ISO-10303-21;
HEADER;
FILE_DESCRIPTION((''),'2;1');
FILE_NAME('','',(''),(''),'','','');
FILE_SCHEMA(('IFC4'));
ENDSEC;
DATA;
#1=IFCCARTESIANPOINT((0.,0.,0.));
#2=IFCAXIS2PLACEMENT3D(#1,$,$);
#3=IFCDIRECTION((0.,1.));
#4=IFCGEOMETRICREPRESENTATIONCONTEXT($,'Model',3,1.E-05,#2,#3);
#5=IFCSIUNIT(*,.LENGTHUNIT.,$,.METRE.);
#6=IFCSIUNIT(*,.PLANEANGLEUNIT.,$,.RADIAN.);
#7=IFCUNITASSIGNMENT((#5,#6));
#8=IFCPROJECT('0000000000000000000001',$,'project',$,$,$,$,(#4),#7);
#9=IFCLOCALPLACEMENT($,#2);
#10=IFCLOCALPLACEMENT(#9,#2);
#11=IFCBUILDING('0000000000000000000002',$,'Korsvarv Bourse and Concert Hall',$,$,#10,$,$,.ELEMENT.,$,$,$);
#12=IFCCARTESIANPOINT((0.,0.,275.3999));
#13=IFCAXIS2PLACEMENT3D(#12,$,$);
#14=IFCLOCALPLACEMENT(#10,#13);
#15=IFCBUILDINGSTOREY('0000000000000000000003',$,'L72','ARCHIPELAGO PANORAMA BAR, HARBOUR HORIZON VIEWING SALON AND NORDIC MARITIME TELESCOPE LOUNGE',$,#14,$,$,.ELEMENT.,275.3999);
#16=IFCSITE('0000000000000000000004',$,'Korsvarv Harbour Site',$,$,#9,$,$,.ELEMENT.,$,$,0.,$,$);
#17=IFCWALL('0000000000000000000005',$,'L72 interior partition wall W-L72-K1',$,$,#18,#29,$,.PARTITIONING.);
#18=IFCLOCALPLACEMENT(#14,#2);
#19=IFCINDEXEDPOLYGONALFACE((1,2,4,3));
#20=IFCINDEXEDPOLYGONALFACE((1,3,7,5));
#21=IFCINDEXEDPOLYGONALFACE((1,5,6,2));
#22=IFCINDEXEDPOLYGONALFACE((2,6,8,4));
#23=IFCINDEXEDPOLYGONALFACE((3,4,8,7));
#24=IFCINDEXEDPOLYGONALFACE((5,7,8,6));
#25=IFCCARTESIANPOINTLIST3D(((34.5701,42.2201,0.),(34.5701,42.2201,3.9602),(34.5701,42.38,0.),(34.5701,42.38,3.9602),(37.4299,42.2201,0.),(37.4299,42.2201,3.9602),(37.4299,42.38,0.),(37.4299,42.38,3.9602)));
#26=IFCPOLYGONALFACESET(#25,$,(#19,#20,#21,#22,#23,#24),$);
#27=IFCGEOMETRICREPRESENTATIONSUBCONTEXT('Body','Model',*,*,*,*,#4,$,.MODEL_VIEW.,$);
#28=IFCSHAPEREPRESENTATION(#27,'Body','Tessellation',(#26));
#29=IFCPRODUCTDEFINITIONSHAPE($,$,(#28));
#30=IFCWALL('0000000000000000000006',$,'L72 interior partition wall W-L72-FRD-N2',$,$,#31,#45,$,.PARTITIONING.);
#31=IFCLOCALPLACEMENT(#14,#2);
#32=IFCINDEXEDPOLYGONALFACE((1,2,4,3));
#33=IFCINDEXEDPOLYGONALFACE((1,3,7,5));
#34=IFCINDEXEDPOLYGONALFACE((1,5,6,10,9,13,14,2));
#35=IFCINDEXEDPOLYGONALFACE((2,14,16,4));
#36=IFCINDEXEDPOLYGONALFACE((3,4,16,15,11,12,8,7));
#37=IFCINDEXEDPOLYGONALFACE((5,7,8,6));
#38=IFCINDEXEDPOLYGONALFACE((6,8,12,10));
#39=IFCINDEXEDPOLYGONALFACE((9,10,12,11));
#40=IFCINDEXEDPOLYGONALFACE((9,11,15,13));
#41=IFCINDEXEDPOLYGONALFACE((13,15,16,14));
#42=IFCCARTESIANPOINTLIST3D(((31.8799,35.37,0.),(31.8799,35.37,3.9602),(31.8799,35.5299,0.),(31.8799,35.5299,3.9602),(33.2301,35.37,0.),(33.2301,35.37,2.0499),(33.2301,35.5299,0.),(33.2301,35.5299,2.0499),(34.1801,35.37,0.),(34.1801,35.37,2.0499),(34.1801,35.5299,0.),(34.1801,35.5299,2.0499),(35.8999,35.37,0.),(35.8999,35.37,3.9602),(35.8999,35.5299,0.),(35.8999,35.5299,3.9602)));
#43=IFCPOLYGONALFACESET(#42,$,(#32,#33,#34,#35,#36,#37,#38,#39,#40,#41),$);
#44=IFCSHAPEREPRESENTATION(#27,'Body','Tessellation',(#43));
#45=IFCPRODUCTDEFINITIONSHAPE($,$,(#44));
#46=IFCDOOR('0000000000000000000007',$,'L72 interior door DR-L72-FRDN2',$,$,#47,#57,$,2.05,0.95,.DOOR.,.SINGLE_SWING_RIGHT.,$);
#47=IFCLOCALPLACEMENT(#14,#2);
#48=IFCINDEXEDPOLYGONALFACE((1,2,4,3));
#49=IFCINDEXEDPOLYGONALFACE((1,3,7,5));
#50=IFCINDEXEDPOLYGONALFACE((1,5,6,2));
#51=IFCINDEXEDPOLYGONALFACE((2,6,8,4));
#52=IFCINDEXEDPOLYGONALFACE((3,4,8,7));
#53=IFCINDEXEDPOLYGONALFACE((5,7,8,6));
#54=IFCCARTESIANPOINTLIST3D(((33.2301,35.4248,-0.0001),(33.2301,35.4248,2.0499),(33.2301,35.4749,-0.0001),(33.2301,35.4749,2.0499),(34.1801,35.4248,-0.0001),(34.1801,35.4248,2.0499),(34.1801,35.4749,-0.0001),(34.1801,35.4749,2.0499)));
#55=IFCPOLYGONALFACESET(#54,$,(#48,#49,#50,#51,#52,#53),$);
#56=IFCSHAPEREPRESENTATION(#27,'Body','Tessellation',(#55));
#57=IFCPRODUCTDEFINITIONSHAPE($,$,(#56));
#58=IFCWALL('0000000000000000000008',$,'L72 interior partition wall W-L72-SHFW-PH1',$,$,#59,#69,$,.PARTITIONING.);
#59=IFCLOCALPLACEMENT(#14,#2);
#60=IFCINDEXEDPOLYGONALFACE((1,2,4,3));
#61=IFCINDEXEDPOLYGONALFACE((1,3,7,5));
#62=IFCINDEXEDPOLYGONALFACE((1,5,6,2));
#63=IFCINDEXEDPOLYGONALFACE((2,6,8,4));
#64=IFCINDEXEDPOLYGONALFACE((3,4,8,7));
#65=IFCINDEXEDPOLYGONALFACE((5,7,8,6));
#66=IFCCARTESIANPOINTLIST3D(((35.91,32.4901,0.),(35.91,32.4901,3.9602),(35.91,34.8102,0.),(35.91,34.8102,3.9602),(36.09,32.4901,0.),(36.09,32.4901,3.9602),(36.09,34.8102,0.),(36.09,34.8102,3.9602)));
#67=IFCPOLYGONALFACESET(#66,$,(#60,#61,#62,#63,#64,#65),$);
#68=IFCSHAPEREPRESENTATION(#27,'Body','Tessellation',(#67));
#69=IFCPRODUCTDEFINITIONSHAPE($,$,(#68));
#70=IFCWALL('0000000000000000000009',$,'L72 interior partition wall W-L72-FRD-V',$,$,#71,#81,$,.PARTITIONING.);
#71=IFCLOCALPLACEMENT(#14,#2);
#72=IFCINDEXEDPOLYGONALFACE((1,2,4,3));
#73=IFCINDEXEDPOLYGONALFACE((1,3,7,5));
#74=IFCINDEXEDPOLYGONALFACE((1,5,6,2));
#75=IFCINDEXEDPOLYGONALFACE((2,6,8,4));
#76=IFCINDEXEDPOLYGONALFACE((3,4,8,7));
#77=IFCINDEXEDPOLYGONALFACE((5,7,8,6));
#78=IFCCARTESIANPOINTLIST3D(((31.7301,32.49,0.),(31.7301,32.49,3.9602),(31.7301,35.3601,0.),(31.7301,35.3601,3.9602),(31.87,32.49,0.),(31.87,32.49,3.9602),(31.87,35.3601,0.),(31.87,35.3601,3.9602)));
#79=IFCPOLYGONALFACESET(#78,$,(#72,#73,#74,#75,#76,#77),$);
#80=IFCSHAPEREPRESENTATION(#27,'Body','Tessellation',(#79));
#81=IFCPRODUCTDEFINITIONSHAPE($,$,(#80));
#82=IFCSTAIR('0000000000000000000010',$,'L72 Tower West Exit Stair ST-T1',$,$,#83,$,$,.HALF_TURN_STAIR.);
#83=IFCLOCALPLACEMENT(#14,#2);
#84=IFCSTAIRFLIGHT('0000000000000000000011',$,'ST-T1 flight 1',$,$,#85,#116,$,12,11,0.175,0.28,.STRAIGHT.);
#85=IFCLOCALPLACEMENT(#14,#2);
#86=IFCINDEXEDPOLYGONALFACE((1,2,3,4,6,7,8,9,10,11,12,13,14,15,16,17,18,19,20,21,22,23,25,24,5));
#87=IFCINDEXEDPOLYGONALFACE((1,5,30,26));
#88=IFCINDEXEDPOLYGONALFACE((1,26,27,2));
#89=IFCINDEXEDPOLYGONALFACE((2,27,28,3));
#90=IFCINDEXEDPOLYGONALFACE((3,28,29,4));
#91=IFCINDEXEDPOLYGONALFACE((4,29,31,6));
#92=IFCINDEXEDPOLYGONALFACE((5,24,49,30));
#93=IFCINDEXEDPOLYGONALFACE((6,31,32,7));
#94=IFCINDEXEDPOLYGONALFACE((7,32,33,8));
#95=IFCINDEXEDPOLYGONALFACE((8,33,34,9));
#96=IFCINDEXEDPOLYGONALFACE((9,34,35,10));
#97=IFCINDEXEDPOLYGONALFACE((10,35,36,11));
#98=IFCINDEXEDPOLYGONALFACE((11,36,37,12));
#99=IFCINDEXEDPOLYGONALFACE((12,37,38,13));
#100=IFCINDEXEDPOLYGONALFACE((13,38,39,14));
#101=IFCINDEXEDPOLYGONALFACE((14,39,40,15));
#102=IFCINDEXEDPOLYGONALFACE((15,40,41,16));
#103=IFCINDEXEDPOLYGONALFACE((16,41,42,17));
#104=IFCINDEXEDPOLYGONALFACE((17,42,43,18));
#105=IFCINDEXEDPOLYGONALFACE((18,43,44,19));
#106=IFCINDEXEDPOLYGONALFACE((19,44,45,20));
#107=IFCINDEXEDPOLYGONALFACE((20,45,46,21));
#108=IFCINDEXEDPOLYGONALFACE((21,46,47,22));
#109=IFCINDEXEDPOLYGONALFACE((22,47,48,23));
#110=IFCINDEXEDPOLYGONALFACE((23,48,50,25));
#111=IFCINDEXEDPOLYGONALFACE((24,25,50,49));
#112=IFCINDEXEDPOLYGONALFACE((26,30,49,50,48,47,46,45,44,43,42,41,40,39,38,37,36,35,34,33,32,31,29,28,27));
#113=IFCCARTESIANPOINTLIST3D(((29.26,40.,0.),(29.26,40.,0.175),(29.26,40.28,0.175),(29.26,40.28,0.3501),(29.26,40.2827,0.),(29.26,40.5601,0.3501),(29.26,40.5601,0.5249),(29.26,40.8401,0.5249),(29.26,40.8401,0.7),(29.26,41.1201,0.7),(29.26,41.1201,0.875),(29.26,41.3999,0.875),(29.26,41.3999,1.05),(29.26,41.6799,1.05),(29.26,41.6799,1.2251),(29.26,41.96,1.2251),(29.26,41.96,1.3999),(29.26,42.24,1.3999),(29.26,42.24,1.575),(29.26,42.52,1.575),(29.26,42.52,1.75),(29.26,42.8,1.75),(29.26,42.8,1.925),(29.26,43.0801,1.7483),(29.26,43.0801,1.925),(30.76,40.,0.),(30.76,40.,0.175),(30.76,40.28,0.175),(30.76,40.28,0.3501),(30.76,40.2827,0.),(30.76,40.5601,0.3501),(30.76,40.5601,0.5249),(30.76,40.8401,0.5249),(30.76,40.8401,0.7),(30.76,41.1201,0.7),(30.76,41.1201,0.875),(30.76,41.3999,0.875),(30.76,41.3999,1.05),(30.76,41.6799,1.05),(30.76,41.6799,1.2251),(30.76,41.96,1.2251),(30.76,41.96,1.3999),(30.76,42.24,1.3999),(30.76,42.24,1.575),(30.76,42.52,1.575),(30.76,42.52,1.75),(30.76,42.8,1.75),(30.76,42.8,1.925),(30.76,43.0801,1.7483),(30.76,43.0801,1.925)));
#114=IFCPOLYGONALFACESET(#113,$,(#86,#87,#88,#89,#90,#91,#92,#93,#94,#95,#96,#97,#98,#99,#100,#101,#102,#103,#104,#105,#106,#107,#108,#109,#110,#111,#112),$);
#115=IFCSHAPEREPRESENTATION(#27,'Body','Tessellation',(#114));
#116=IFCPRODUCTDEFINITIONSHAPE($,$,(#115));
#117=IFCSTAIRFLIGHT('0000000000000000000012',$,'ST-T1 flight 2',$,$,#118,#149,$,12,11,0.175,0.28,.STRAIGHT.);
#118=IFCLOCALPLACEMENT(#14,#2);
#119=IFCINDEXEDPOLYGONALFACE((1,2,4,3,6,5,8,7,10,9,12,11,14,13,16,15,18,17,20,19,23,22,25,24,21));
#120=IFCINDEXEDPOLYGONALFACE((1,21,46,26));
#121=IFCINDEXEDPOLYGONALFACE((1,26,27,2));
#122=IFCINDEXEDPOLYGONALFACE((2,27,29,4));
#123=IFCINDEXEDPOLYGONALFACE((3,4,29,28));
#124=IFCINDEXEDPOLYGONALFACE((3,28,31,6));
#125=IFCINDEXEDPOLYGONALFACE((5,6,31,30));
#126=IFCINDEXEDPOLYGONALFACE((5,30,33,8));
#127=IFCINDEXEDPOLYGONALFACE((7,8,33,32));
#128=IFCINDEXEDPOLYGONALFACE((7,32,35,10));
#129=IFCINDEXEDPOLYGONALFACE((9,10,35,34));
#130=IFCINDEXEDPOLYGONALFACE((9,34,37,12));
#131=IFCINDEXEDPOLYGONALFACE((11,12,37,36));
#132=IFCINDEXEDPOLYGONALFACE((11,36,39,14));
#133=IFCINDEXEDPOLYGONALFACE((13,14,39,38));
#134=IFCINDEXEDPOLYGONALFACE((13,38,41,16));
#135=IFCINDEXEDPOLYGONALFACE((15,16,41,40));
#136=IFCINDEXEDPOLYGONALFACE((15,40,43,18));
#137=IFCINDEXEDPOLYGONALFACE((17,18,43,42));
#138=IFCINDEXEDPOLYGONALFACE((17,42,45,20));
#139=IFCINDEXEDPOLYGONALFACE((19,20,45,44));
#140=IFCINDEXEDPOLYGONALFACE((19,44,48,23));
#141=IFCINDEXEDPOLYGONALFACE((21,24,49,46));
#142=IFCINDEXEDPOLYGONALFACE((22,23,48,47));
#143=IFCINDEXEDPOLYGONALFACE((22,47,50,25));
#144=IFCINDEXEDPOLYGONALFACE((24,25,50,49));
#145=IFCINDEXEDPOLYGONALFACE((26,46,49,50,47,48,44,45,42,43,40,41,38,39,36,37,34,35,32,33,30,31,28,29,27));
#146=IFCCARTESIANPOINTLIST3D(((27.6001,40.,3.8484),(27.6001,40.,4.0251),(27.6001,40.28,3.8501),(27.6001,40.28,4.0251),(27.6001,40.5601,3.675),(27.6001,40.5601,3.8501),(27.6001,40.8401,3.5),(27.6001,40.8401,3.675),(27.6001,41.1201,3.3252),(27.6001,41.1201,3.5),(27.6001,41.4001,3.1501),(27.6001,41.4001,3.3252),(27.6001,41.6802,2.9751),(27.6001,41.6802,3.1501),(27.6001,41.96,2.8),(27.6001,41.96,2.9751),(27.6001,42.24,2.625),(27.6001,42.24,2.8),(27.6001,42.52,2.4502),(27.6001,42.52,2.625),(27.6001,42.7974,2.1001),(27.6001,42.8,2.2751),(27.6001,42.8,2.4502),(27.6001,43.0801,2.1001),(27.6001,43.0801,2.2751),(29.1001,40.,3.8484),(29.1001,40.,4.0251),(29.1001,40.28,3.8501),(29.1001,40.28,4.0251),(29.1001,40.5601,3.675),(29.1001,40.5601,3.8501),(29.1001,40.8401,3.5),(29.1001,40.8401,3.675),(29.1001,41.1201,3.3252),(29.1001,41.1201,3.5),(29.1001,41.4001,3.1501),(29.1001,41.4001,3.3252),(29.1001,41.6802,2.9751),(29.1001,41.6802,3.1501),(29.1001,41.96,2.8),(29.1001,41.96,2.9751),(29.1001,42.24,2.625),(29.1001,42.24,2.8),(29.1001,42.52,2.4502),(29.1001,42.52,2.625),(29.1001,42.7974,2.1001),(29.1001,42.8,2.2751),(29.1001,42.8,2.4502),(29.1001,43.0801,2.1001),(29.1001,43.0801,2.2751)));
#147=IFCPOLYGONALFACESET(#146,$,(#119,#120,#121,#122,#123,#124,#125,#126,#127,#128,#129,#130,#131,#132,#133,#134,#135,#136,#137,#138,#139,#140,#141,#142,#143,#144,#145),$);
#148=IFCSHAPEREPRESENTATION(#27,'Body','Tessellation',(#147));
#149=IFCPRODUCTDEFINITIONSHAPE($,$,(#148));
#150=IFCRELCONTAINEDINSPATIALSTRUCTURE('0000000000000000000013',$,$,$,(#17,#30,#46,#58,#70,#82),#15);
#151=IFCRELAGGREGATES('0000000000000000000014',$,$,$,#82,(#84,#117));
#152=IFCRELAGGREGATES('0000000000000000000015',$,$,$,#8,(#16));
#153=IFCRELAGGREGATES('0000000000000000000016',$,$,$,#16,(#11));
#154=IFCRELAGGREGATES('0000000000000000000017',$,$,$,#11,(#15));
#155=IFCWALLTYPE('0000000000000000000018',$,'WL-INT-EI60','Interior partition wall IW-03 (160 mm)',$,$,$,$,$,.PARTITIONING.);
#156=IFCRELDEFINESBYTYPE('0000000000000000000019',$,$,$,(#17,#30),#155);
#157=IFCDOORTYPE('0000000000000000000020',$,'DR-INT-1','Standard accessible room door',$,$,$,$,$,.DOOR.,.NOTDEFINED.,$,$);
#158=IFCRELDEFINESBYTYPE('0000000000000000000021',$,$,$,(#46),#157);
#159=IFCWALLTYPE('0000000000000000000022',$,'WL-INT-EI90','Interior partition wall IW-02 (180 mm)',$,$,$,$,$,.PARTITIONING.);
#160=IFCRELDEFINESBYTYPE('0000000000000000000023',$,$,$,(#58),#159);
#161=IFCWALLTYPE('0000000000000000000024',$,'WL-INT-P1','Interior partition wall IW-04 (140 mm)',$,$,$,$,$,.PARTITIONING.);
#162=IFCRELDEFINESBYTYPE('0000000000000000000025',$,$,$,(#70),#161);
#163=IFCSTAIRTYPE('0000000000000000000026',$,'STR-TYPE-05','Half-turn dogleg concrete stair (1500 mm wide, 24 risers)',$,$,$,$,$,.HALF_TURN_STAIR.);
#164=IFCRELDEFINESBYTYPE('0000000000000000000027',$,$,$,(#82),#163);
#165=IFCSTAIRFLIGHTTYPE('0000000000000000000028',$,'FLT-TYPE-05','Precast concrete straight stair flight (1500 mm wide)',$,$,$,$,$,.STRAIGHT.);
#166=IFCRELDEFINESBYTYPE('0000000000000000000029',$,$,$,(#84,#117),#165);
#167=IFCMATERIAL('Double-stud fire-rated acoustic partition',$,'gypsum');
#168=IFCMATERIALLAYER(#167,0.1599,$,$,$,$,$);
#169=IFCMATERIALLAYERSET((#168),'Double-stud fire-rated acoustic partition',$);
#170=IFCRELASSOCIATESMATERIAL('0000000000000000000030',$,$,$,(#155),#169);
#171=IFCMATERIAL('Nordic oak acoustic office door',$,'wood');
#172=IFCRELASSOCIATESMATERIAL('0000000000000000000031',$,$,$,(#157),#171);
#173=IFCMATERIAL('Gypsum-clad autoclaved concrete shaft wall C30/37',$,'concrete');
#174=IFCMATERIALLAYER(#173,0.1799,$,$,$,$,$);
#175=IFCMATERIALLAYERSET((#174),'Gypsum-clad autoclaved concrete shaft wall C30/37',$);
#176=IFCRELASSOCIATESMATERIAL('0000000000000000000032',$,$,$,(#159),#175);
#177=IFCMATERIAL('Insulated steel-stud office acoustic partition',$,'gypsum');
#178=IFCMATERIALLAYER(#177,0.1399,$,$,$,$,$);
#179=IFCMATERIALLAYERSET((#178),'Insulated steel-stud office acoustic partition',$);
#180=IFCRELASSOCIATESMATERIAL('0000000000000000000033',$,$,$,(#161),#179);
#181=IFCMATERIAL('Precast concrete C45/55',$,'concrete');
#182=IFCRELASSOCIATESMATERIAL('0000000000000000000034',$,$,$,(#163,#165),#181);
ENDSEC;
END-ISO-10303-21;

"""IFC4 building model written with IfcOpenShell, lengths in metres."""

from ifc_helpers import new_model, si_unit, direction, frame, frame_2d, origin, place, context, subcontext, project, spatial, polyline, rectangle, outline, extrude, material, layer, layer_set, type_object, element, fill, aggregate, save


model = new_model("IFC4")

# Units and contexts
model_context = context("Model", 3, precision=1e-05, world=origin(), true_north=direction((0.0, 1.0)))
body_context = subcontext(model_context, "Body", "Model", "MODEL_VIEW")
ifc_project = project(units=[si_unit("LENGTHUNIT", "METRE"), si_unit("PLANEANGLEUNIT", "RADIAN")], contexts=[model_context])

# Site, building, storey
site_placement = place(None, origin())
site = spatial("IfcSite", under=ifc_project, at=site_placement, Name="Korsvarv Harbour Site", CompositionType="ELEMENT", RefElevation=0.0)
building_placement = place(site_placement, origin())
building = spatial("IfcBuilding", under=site, at=building_placement, Name="Korsvarv Bourse and Concert Hall", CompositionType="ELEMENT")
storey_placement = place(building_placement, frame((0.0, 0.0, 275.3999)))
storey = spatial("IfcBuildingStorey", under=building, at=storey_placement, Name="L72", Description="ARCHIPELAGO PANORAMA BAR, HARBOUR HORIZON VIEWING SALON AND NORDIC MARITIME TELESCOPE LOUNGE", CompositionType="ELEMENT", Elevation=275.3999)

# Wall
ifc_material_1 = material(Name="Double-stud fire-rated acoustic partition", Category="gypsum")
ifc_layer_1 = layer(ifc_material_1, 0.1599)
ifc_layer_set_1 = layer_set([ifc_layer_1], Name="Double-stud fire-rated acoustic partition")
wall_type_1 = type_object("IfcWallType", Name="WL-INT-EI60", Description="Interior partition wall IW-03 (160 mm)", PredefinedType="PARTITIONING", material=ifc_layer_set_1)
wall_1_placement = place(storey_placement, frame((34.5701, 42.3, 0.0), z_axis=(0.0, 0.0, 1.0), x_axis=(1.0, 0.0, 0.0)))
element("IfcWall", 1, at=wall_1_placement, inside=storey, type_object=wall_type_1, Name="L72 interior partition wall W-L72-K1", PredefinedType="PARTITIONING", context=body_context, shape_type="SweptSolid", body=[
    extrude(rectangle(XDim=2.8599, YDim=0.1599, at=frame_2d((1.4299, 0.0))), origin(), (0.0, 0.0, 1.0), 3.9602),
])

# Wall, opening, door
wall_2_placement = place(storey_placement, frame((31.8799, 35.45, 0.0), z_axis=(0.0, 0.0, 1.0), x_axis=(1.0, 0.0, 0.0)))
wall_2 = element("IfcWall", 2, at=wall_2_placement, inside=storey, type_object=wall_type_1, Name="L72 interior partition wall W-L72-FRD-N2", PredefinedType="PARTITIONING", context=body_context, shape_type="SweptSolid", body=[
    extrude(rectangle(XDim=4.02, YDim=0.1599, at=frame_2d((2.01, 0.0))), origin(), (0.0, 0.0, 1.0), 3.9602),
])
opening_1_placement = place(wall_2_placement, frame((1.3501, 0.0, 0.0)))
opening_1 = element("IfcOpeningElement", 3, at=opening_1_placement, cuts=wall_2, PredefinedType="OPENING", context=body_context, shape_type="SweptSolid", body=[
    extrude(rectangle(XDim=0.95, YDim=2.05, at=frame_2d((0.4751, 1.0249))), frame((0.0, 0.0898, 0.0), z_axis=(0.0, -1.0, 0.0), x_axis=(1.0, 0.0, 0.0)), (0.0, 0.0, 1.0), 0.1799),
])
ifc_material_2 = material(Name="Nordic oak acoustic office door", Category="wood")
door_type_1 = type_object("IfcDoorType", Name="DR-INT-1", Description="Standard accessible room door", OperationType="NOTDEFINED", PredefinedType="DOOR", material=ifc_material_2)
door_1_placement = place(opening_1_placement, origin())
door_1 = element("IfcDoor", 4, at=door_1_placement, inside=storey, type_object=door_type_1, Name="L72 interior door DR-L72-FRDN2", OperationType="SINGLE_SWING_RIGHT", OverallHeight=2.05, OverallWidth=0.95, PredefinedType="DOOR", context=body_context, shape_type="SweptSolid", body=[
    extrude(rectangle(XDim=0.95, YDim=2.05, at=frame_2d((0.4751, 1.0249))), frame((0.0, 0.0249, 0.0), z_axis=(0.0, -1.0, 0.0), x_axis=(1.0, 0.0, 0.0)), (0.0, 0.0, 1.0), 0.05),
])
fill(opening_1, door_1)

# Walls
ifc_material_3 = material(Name="Gypsum-clad autoclaved concrete shaft wall C30/37", Category="concrete")
ifc_layer_2 = layer(ifc_material_3, 0.1799)
ifc_layer_set_2 = layer_set([ifc_layer_2], Name="Gypsum-clad autoclaved concrete shaft wall C30/37")
wall_type_2 = type_object("IfcWallType", Name="WL-INT-EI90", Description="Interior partition wall IW-02 (180 mm)", PredefinedType="PARTITIONING", material=ifc_layer_set_2)
wall_3_placement = place(storey_placement, frame((36.0, 32.49, 0.0), z_axis=(0.0, 0.0, 1.0), x_axis=(0.0, 1.0, 0.0)))
element("IfcWall", 5, at=wall_3_placement, inside=storey, type_object=wall_type_2, Name="L72 interior partition wall W-L72-SHFW-PH1", PredefinedType="PARTITIONING", context=body_context, shape_type="SweptSolid", body=[
    extrude(rectangle(XDim=2.3201, YDim=0.1799, at=frame_2d((1.1602, 0.0))), origin(), (0.0, 0.0, 1.0), 3.9602),
])
ifc_material_4 = material(Name="Insulated steel-stud office acoustic partition", Category="gypsum")
ifc_layer_3 = layer(ifc_material_4, 0.1399)
ifc_layer_set_3 = layer_set([ifc_layer_3], Name="Insulated steel-stud office acoustic partition")
wall_type_3 = type_object("IfcWallType", Name="WL-INT-P1", Description="Interior partition wall IW-04 (140 mm)", PredefinedType="PARTITIONING", material=ifc_layer_set_3)
wall_4_placement = place(storey_placement, frame((31.8, 32.49, 0.0), z_axis=(0.0, 0.0, 1.0), x_axis=(0.0, 1.0, 0.0)))
element("IfcWall", 6, at=wall_4_placement, inside=storey, type_object=wall_type_3, Name="L72 interior partition wall W-L72-FRD-V", PredefinedType="PARTITIONING", context=body_context, shape_type="SweptSolid", body=[
    extrude(rectangle(XDim=2.8701, YDim=0.1399, at=frame_2d((1.4351, 0.0))), origin(), (0.0, 0.0, 1.0), 3.9602),
])

# Stair, stair flights
ifc_material_5 = material(Name="Precast concrete C45/55", Category="concrete")
stair_type = type_object("IfcStairType", Name="STR-TYPE-05", Description="Half-turn dogleg concrete stair (1500 mm wide, 24 risers)", PredefinedType="HALF_TURN_STAIR", material=ifc_material_5)
stair_placement = place(storey_placement, origin())
stair = element("IfcStair", 7, at=stair_placement, inside=storey, type_object=stair_type, Name="L72 Tower West Exit Stair ST-T1", PredefinedType="HALF_TURN_STAIR")
stair_flight_type = type_object("IfcStairFlightType", Name="FLT-TYPE-05", Description="Precast concrete straight stair flight (1500 mm wide)", PredefinedType="STRAIGHT", material=ifc_material_5)
stair_flight_1_placement = place(storey_placement, frame((30.01, 40.0, 0.0), z_axis=(0.0, 0.0, 1.0), x_axis=(0.0, 1.0, 0.0)))
stair_flight_1 = element("IfcStairFlight", 8, at=stair_flight_1_placement, type_object=stair_flight_type, Name="ST-T1 flight 1", NumberOfRisers=12, NumberOfTreads=11, PredefinedType="STRAIGHT", RiserHeight=0.175, TreadLength=0.28, context=body_context, shape_type="SweptSolid", body=[
    extrude(outline(polyline([(0.0, 0.0), (0.0, 0.175), (0.28, 0.175), (0.28, 0.3501), (0.5601, 0.3501), (0.5601, 0.5249), (0.8401, 0.5249), (0.8401, 0.7), (1.1201, 0.7), (1.1201, 0.875), (1.3999, 0.875), (1.3999, 1.05), (1.6799, 1.05), (1.6799, 1.2251), (1.96, 1.2251), (1.96, 1.3999), (2.24, 1.3999), (2.24, 1.575), (2.52, 1.575), (2.52, 1.75), (2.8, 1.75), (2.8, 1.925), (3.0801, 1.925), (3.0801, 2.1001), (3.0801, 1.7483), (0.2827, 0.0), (0.0, 0.0)])), frame((0.0, 0.75, 0.0), z_axis=(0.0, -1.0, 0.0), x_axis=(1.0, 0.0, 0.0)), (0.0, 0.0, 1.0), 1.5),
])
stair_flight_2_placement = place(storey_placement, frame((28.3501, 43.0801, 2.1001), z_axis=(0.0, 0.0, 1.0), x_axis=(0.0, -1.0, 0.0)))
stair_flight_2 = element("IfcStairFlight", 9, at=stair_flight_2_placement, type_object=stair_flight_type, Name="ST-T1 flight 2", NumberOfRisers=12, NumberOfTreads=11, PredefinedType="STRAIGHT", RiserHeight=0.175, TreadLength=0.28, context=body_context, shape_type="SweptSolid", body=[
    extrude(outline(polyline([(0.0, 0.0), (0.0, 0.175), (0.28, 0.175), (0.28, 0.3501), (0.5601, 0.3501), (0.5601, 0.5249), (0.8401, 0.5249), (0.8401, 0.7), (1.1201, 0.7), (1.1201, 0.875), (1.3999, 0.875), (1.3999, 1.05), (1.6799, 1.05), (1.6799, 1.2251), (1.96, 1.2251), (1.96, 1.3999), (2.24, 1.3999), (2.24, 1.575), (2.52, 1.575), (2.52, 1.75), (2.8, 1.75), (2.8, 1.925), (3.0801, 1.925), (3.0801, 2.1001), (3.0801, 1.7483), (0.2827, 0.0), (0.0, 0.0)])), frame((0.0, 0.75, 0.0), z_axis=(0.0, -1.0, 0.0), x_axis=(1.0, 0.0, 0.0)), (0.0, 0.0, 1.0), 1.5),
])
aggregate(stair, [stair_flight_1, stair_flight_2])

save(model, "model.ifc")
